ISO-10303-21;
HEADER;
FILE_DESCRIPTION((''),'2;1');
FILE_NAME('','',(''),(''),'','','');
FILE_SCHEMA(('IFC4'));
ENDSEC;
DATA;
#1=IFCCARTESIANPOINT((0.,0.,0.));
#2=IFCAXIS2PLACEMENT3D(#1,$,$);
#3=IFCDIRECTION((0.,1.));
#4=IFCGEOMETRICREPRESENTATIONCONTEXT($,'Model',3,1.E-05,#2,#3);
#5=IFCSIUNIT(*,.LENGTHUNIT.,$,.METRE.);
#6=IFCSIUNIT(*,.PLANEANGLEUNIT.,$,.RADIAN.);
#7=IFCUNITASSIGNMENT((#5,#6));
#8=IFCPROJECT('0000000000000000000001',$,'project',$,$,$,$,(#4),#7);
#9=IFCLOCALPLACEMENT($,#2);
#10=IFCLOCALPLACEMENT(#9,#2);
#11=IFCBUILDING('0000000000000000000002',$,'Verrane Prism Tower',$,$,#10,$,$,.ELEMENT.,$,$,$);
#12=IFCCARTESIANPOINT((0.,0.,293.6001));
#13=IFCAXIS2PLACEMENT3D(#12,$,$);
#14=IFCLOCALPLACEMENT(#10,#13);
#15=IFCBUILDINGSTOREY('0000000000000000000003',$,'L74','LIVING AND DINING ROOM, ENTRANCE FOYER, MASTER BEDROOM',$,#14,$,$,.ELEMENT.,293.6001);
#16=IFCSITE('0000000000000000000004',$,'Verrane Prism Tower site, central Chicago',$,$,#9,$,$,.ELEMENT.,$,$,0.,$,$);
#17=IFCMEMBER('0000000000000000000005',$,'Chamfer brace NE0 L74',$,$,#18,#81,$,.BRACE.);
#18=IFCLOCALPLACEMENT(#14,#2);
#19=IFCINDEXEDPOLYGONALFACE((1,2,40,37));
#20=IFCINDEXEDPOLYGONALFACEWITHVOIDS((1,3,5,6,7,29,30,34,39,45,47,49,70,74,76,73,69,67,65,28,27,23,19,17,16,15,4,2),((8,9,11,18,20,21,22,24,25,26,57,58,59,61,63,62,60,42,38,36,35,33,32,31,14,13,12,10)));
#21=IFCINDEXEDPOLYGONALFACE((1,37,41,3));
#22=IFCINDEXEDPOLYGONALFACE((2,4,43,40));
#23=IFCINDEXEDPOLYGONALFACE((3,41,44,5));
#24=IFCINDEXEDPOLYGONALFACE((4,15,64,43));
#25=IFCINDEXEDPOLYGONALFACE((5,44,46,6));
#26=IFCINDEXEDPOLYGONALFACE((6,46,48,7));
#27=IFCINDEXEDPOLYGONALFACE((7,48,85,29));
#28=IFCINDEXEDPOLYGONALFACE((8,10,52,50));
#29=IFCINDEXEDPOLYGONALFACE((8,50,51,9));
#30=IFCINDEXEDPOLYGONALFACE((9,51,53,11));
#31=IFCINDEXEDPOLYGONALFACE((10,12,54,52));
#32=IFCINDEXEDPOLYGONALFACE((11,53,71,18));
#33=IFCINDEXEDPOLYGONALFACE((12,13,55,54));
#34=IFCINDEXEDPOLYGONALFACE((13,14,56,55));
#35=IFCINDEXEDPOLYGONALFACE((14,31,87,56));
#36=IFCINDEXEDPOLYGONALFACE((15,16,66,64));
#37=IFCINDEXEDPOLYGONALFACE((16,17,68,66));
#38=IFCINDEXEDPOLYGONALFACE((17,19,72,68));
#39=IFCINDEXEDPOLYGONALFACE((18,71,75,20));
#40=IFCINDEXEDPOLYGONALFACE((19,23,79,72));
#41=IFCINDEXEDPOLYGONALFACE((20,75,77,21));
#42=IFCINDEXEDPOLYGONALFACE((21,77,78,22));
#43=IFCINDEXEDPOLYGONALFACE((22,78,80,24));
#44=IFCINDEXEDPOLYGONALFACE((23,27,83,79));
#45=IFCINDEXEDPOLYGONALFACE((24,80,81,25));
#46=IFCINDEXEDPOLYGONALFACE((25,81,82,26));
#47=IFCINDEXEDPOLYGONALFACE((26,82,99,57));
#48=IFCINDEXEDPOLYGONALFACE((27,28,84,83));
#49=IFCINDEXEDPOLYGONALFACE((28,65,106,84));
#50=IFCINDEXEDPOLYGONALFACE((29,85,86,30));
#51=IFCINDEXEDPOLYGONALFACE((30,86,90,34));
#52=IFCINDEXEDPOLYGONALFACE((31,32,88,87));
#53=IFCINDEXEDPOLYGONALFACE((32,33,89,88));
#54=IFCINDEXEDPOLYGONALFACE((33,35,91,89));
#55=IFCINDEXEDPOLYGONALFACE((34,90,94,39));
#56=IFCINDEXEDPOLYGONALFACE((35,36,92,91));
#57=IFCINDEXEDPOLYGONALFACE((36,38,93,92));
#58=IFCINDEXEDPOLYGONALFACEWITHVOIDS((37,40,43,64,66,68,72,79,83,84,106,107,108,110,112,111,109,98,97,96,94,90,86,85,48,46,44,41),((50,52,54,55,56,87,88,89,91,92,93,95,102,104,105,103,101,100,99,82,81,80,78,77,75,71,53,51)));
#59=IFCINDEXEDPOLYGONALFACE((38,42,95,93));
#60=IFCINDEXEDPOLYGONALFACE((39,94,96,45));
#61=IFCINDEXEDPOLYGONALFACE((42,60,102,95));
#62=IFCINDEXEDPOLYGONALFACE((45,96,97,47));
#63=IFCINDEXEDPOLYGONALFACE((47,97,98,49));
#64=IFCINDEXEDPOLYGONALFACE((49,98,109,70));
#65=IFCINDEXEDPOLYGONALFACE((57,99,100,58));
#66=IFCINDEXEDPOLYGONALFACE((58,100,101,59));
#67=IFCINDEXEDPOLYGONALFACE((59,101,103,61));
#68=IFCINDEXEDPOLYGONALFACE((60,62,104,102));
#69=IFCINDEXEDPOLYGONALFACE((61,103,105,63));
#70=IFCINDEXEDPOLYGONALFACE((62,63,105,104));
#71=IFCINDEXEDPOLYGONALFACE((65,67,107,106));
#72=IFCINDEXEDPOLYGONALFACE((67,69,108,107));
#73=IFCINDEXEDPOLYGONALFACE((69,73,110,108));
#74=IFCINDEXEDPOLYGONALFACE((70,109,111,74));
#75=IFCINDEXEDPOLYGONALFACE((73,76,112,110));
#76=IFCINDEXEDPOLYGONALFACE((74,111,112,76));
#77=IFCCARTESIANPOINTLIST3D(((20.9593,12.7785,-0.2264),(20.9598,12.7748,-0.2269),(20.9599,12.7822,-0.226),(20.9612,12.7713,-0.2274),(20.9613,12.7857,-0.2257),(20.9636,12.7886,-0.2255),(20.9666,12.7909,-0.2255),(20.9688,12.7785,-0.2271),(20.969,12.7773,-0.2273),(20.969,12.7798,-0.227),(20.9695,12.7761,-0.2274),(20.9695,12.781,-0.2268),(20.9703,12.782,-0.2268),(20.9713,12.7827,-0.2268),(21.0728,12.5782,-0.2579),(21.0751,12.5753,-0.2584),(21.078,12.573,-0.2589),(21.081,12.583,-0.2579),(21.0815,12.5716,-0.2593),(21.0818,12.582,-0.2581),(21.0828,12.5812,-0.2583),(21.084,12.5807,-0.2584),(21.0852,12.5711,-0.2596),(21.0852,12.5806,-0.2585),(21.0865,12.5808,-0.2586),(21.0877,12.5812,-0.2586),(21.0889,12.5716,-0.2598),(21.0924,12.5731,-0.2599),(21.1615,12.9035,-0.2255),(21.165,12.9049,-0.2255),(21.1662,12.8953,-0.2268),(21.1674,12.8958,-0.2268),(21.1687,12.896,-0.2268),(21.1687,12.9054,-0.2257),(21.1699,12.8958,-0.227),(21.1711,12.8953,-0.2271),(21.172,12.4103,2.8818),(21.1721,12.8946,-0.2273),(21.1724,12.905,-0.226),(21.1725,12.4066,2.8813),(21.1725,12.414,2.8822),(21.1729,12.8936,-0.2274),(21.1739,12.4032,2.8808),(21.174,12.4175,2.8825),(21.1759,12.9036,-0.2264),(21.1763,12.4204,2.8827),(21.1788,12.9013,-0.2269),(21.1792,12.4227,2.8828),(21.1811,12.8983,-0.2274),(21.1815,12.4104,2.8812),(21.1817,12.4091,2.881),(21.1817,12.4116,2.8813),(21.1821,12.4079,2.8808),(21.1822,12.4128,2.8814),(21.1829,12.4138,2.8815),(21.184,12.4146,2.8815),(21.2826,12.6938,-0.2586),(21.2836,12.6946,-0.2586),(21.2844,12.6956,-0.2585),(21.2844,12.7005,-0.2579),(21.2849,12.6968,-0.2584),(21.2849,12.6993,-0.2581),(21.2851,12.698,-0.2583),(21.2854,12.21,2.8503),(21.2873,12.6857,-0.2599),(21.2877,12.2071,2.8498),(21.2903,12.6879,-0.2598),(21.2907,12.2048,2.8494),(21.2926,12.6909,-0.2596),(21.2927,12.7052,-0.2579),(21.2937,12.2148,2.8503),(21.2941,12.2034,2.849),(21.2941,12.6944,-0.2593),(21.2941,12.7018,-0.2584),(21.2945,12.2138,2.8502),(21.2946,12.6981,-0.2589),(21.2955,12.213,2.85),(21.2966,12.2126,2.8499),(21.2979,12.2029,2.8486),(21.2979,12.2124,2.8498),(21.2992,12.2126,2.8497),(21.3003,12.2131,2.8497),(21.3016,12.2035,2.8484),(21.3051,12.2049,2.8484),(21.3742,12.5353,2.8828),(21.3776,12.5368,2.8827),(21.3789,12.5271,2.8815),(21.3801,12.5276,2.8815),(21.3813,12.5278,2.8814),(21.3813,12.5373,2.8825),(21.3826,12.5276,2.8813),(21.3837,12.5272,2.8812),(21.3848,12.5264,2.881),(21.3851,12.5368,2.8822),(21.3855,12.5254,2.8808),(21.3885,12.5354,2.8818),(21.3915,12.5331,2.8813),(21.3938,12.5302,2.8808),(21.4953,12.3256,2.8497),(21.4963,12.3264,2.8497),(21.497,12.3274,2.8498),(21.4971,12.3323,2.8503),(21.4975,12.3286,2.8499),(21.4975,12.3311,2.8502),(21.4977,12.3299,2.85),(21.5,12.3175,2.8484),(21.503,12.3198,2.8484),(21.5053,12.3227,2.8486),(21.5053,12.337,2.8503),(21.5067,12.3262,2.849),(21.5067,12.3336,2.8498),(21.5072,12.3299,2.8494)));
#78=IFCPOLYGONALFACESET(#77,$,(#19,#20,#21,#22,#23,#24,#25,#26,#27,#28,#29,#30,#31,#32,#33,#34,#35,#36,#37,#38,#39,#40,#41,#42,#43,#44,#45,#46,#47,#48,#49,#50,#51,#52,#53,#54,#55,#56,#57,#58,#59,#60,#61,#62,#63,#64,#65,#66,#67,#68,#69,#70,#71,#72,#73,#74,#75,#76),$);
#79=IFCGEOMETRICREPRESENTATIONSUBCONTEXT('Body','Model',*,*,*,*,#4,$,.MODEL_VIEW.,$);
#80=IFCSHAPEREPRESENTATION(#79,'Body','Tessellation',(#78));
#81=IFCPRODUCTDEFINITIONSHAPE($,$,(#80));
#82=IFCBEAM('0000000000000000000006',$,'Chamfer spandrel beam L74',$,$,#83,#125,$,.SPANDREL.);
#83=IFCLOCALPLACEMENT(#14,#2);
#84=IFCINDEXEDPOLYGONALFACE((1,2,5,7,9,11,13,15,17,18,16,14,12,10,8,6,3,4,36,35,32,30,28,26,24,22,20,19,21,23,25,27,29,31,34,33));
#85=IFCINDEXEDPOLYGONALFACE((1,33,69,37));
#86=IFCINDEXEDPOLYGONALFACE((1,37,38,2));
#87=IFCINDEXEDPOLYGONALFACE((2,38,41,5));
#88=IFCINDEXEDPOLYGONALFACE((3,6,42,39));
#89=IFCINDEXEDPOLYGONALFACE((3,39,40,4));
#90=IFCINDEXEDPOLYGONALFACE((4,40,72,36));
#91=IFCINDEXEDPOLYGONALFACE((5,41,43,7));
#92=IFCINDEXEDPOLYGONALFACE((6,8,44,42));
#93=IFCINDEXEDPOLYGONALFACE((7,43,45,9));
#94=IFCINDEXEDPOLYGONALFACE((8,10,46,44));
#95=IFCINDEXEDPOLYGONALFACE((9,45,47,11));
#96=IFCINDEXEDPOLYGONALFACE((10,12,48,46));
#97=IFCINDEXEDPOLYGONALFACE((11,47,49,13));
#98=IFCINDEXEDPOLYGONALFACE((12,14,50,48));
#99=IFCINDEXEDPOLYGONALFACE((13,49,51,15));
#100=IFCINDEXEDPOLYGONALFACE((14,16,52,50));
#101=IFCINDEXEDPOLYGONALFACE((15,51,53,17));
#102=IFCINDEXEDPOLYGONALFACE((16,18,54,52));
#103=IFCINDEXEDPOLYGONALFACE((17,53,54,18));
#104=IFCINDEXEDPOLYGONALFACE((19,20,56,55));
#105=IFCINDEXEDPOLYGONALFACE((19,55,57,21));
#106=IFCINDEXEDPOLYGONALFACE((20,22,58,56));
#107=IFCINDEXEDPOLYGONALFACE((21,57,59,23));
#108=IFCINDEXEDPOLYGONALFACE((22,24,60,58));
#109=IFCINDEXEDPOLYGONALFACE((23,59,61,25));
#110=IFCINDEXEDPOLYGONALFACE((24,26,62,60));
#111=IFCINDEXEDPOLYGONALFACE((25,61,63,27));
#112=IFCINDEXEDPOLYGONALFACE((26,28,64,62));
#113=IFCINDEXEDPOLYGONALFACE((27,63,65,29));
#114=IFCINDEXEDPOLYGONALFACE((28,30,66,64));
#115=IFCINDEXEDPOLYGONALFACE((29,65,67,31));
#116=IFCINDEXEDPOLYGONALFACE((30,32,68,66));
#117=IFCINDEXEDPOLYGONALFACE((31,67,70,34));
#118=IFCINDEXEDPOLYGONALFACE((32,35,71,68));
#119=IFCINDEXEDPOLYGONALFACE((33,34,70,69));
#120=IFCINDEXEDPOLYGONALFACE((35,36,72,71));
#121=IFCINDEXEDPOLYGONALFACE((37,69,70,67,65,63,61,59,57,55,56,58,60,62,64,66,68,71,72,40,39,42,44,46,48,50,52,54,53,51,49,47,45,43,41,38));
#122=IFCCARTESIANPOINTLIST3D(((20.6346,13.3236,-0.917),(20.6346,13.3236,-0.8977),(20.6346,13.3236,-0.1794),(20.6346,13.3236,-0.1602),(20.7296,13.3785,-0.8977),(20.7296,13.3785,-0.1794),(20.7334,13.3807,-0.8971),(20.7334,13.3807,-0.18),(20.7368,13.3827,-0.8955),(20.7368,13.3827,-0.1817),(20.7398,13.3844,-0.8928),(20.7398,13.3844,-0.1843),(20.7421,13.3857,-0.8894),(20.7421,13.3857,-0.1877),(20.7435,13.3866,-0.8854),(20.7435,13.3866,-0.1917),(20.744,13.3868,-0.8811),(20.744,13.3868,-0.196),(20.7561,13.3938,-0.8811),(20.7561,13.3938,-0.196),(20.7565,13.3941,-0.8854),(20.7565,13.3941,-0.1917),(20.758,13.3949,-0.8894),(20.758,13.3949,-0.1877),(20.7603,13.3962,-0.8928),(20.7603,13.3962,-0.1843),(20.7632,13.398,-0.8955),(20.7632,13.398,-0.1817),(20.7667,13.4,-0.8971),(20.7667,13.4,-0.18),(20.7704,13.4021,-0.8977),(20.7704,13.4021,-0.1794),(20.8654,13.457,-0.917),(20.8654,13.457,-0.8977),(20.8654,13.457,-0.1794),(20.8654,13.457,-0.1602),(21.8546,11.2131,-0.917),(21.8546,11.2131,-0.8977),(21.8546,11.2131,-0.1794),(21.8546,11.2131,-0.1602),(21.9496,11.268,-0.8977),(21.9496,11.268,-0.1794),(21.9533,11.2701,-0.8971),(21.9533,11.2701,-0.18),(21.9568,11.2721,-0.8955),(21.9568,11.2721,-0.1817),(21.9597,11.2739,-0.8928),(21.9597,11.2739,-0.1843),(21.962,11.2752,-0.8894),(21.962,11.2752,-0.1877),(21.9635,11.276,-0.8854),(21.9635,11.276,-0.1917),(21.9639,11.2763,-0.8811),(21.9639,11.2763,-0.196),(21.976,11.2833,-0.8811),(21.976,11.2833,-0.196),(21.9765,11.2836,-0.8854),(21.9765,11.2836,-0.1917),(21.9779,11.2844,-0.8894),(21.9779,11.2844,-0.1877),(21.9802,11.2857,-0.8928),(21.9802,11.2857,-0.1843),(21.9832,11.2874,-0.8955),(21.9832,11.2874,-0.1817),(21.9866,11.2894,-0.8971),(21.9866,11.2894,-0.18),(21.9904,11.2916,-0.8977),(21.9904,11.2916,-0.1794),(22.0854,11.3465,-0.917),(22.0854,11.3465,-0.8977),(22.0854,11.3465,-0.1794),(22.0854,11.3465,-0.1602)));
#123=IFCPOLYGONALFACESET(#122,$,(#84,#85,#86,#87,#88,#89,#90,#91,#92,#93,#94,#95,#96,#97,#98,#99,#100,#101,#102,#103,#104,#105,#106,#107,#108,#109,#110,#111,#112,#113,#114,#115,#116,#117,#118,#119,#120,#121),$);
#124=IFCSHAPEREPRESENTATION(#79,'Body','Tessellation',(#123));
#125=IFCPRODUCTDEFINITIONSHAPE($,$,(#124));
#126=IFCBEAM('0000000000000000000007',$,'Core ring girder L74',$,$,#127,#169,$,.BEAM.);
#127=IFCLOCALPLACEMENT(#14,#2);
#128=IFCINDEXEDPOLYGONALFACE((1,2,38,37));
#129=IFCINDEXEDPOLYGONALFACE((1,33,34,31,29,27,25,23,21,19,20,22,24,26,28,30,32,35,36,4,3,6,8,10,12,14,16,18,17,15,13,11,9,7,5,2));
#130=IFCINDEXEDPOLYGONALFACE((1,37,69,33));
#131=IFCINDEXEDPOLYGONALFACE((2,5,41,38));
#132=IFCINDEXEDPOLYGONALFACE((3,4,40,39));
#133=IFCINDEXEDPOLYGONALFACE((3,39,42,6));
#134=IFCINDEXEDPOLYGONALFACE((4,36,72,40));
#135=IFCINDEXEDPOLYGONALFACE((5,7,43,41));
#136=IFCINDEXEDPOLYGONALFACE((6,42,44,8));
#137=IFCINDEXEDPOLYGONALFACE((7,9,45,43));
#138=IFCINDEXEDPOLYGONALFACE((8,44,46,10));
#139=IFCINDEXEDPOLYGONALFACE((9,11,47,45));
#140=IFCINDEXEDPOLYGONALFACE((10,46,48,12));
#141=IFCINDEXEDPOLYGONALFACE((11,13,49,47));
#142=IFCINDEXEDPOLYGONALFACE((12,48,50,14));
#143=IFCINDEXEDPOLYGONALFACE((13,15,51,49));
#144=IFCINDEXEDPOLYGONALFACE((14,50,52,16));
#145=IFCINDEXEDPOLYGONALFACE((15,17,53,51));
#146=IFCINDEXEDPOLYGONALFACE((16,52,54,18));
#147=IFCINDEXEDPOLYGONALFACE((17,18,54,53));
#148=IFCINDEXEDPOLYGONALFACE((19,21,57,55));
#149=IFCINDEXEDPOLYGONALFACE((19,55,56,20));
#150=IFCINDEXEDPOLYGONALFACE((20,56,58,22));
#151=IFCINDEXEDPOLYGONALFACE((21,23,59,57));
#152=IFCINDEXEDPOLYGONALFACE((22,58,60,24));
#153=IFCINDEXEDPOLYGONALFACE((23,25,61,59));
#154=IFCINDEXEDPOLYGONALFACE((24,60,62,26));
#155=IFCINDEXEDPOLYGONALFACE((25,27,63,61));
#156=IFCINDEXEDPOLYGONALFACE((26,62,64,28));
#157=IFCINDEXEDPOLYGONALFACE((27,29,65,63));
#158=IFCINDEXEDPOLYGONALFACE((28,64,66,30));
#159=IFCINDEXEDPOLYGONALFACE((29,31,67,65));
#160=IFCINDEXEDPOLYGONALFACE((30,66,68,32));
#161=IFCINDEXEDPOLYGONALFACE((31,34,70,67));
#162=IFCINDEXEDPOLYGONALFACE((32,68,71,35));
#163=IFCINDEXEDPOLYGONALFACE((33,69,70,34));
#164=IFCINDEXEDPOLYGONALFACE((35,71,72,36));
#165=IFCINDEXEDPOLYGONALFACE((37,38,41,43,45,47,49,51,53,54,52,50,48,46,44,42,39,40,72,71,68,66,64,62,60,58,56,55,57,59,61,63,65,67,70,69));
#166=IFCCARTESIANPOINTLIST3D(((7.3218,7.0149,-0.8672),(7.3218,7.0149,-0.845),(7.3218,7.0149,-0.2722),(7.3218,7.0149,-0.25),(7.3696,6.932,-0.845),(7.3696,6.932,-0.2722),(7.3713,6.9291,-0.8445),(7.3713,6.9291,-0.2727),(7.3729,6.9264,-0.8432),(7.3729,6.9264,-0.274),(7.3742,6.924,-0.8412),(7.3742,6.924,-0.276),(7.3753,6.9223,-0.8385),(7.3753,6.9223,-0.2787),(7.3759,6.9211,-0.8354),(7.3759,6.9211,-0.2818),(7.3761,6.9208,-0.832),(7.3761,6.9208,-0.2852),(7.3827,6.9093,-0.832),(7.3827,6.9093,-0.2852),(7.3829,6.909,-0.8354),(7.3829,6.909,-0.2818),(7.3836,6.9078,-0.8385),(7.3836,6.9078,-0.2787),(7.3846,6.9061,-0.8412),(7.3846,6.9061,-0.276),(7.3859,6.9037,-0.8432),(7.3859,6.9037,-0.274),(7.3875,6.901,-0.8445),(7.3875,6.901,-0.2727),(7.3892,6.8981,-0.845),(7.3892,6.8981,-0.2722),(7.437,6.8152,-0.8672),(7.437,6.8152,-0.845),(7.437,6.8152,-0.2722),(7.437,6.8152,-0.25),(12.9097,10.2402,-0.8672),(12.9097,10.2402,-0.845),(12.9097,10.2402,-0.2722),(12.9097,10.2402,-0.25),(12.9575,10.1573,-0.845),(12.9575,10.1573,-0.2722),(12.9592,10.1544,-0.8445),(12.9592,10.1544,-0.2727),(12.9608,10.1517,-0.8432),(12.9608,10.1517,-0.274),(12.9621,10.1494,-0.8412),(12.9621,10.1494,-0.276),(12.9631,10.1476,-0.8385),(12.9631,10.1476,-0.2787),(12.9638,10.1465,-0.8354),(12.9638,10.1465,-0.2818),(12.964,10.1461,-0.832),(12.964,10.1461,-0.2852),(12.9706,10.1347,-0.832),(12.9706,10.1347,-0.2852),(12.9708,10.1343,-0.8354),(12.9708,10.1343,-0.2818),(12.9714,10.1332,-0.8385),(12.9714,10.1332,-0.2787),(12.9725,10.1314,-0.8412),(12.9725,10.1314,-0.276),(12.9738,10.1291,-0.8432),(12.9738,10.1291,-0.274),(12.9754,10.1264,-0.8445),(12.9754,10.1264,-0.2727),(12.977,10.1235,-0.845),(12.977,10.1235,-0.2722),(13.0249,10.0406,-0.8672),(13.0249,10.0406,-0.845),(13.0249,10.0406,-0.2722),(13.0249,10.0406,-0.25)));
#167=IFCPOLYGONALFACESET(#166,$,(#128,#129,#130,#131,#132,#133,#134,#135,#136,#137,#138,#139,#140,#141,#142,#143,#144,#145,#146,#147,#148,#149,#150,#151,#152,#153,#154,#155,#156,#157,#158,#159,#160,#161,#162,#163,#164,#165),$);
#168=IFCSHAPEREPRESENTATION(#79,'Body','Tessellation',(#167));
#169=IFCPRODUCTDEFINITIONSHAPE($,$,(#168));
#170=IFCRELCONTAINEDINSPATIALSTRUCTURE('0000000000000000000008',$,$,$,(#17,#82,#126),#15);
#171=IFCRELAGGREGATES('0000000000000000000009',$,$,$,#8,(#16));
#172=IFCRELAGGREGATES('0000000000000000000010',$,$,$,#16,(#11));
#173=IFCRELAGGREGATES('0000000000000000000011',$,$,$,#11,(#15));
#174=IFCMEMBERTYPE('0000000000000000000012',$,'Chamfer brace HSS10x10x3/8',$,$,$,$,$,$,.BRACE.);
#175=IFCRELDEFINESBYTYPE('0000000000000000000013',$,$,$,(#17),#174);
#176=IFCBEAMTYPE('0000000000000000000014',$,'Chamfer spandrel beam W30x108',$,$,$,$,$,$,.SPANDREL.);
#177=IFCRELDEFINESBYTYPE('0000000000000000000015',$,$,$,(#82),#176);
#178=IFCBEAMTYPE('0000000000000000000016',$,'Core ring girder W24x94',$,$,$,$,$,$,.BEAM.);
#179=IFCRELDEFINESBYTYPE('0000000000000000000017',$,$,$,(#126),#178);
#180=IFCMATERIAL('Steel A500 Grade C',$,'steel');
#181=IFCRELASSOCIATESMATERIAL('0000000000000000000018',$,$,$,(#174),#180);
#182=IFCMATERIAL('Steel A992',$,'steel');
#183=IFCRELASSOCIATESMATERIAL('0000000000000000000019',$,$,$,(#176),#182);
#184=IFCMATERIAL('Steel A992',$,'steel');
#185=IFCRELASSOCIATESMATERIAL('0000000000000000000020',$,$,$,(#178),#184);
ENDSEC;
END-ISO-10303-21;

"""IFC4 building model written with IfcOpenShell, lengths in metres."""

from ifc_helpers import new_model, si_unit, direction, frame, origin, origin_2d, place, context, subcontext, project, spatial, hollow_rectangle, i_section, extrude, material, material_profile, profile_set, type_object, element, save


model = new_model("IFC4")

# Units and contexts
model_context = context("Model", 3, precision=1e-05, world=origin(), true_north=direction((0.0, 1.0)))
body_context = subcontext(model_context, "Body", "Model", "MODEL_VIEW")
ifc_project = project(units=[si_unit("LENGTHUNIT", "METRE"), si_unit("PLANEANGLEUNIT", "RADIAN")], contexts=[model_context])

# Site, building, storey
site_placement = place(None, origin())
site = spatial("IfcSite", under=ifc_project, at=site_placement, Name="Verrane Prism Tower site, central Chicago", CompositionType="ELEMENT", RefElevation=0.0)
building_placement = place(site_placement, origin())
building = spatial("IfcBuilding", under=site, at=building_placement, Name="Verrane Prism Tower", CompositionType="ELEMENT")
storey_placement = place(building_placement, frame((0.0, 0.0, 293.6001)))
storey = spatial("IfcBuildingStorey", under=building, at=storey_placement, Name="L74", Description="LIVING AND DINING ROOM, ENTRANCE FOYER, MASTER BEDROOM", CompositionType="ELEMENT", Elevation=293.6001)

# Member
ifc_material_1 = material(Name="Steel A500 Grade C", Category="steel")
ifc_material_profile_1 = material_profile(ifc_material_1, hollow_rectangle(XDim=0.2539, YDim=0.2539, WallThickness=0.0095, InnerFilletRadius=0.0049, OuterFilletRadius=0.0144, at=origin_2d()), Name="HSS10x10x3/8")
ifc_profile_set_1 = profile_set([ifc_material_profile_1], Name="Steel A500 Grade C")
member_type_1 = type_object("IfcMemberType", Name="Chamfer brace HSS10x10x3/8", PredefinedType="BRACE", material=ifc_profile_set_1)
member_1_placement = place(storey_placement, frame((21.127, 12.7383, -0.2427), z_axis=(0.067784, -0.117358, 0.990774), x_axis=(0.865937, 0.500153, 0.0)))
element("IfcMember", 1, at=member_1_placement, inside=storey, type_object=member_type_1, Name="Chamfer brace NE0 L74", PredefinedType="BRACE", context=body_context, shape_type="SweptSolid", body=[
    extrude(hollow_rectangle(XDim=0.2539, YDim=0.2539, WallThickness=0.0095, InnerFilletRadius=0.0049, OuterFilletRadius=0.0144, at=origin_2d()), origin(), (0.0, 0.0, 1.0), 3.1372),
])

# Beams
ifc_material_2 = material(Name="Steel A992", Category="steel")
ifc_material_profile_2 = material_profile(ifc_material_2, i_section(OverallWidth=0.2666, OverallDepth=0.7568, WebThickness=0.0139, FlangeThickness=0.0193, FilletRadius=0.0166, at=origin_2d()), Name="W30x108")
ifc_profile_set_2 = profile_set([ifc_material_profile_2], Name="Steel A992")
beam_type_1 = type_object("IfcBeamType", Name="Chamfer spandrel beam W30x108", PredefinedType="SPANDREL", material=ifc_profile_set_2)
beam_1_placement = place(storey_placement, frame((21.97, 11.2798, -0.5386), z_axis=(-0.500436, 0.865773, 0.0), x_axis=(-0.865773, -0.500436, 0.0)))
element("IfcBeam", 2, at=beam_1_placement, inside=storey, type_object=beam_type_1, Name="Chamfer spandrel beam L74", PredefinedType="SPANDREL", context=body_context, shape_type="SweptSolid", body=[
    extrude(i_section(OverallWidth=0.2666, OverallDepth=0.7568, WebThickness=0.0139, FlangeThickness=0.0193, FilletRadius=0.0166, at=origin_2d()), origin(), (0.0, 0.0, 1.0), 2.4377),
])
ifc_material_3 = material(Name="Steel A992", Category="steel")
ifc_material_profile_3 = material_profile(ifc_material_3, i_section(OverallWidth=0.2305, OverallDepth=0.6172, WebThickness=0.0132, FlangeThickness=0.0222, FilletRadius=0.0129, at=origin_2d()), Name="W24x94")
ifc_profile_set_3 = profile_set([ifc_material_profile_3], Name="Steel A992")
beam_type_2 = type_object("IfcBeamType", Name="Core ring girder W24x94", PredefinedType="BEAM", material=ifc_profile_set_3)
beam_2_placement = place(storey_placement, frame((12.9673, 10.1404, -0.5586), z_axis=(-0.866081, -0.499904, 0.0), x_axis=(0.499904, -0.866081, 0.0)))
element("IfcBeam", 3, at=beam_2_placement, inside=storey, type_object=beam_type_2, Name="Core ring girder L74", PredefinedType="BEAM", context=body_context, shape_type="SweptSolid", body=[
    extrude(i_section(OverallWidth=0.2305, OverallDepth=0.6172, WebThickness=0.0132, FlangeThickness=0.0222, FilletRadius=0.0129, at=origin_2d()), origin(), (0.0, 0.0, 1.0), 6.4519),
])

save(model, "model.ifc")
